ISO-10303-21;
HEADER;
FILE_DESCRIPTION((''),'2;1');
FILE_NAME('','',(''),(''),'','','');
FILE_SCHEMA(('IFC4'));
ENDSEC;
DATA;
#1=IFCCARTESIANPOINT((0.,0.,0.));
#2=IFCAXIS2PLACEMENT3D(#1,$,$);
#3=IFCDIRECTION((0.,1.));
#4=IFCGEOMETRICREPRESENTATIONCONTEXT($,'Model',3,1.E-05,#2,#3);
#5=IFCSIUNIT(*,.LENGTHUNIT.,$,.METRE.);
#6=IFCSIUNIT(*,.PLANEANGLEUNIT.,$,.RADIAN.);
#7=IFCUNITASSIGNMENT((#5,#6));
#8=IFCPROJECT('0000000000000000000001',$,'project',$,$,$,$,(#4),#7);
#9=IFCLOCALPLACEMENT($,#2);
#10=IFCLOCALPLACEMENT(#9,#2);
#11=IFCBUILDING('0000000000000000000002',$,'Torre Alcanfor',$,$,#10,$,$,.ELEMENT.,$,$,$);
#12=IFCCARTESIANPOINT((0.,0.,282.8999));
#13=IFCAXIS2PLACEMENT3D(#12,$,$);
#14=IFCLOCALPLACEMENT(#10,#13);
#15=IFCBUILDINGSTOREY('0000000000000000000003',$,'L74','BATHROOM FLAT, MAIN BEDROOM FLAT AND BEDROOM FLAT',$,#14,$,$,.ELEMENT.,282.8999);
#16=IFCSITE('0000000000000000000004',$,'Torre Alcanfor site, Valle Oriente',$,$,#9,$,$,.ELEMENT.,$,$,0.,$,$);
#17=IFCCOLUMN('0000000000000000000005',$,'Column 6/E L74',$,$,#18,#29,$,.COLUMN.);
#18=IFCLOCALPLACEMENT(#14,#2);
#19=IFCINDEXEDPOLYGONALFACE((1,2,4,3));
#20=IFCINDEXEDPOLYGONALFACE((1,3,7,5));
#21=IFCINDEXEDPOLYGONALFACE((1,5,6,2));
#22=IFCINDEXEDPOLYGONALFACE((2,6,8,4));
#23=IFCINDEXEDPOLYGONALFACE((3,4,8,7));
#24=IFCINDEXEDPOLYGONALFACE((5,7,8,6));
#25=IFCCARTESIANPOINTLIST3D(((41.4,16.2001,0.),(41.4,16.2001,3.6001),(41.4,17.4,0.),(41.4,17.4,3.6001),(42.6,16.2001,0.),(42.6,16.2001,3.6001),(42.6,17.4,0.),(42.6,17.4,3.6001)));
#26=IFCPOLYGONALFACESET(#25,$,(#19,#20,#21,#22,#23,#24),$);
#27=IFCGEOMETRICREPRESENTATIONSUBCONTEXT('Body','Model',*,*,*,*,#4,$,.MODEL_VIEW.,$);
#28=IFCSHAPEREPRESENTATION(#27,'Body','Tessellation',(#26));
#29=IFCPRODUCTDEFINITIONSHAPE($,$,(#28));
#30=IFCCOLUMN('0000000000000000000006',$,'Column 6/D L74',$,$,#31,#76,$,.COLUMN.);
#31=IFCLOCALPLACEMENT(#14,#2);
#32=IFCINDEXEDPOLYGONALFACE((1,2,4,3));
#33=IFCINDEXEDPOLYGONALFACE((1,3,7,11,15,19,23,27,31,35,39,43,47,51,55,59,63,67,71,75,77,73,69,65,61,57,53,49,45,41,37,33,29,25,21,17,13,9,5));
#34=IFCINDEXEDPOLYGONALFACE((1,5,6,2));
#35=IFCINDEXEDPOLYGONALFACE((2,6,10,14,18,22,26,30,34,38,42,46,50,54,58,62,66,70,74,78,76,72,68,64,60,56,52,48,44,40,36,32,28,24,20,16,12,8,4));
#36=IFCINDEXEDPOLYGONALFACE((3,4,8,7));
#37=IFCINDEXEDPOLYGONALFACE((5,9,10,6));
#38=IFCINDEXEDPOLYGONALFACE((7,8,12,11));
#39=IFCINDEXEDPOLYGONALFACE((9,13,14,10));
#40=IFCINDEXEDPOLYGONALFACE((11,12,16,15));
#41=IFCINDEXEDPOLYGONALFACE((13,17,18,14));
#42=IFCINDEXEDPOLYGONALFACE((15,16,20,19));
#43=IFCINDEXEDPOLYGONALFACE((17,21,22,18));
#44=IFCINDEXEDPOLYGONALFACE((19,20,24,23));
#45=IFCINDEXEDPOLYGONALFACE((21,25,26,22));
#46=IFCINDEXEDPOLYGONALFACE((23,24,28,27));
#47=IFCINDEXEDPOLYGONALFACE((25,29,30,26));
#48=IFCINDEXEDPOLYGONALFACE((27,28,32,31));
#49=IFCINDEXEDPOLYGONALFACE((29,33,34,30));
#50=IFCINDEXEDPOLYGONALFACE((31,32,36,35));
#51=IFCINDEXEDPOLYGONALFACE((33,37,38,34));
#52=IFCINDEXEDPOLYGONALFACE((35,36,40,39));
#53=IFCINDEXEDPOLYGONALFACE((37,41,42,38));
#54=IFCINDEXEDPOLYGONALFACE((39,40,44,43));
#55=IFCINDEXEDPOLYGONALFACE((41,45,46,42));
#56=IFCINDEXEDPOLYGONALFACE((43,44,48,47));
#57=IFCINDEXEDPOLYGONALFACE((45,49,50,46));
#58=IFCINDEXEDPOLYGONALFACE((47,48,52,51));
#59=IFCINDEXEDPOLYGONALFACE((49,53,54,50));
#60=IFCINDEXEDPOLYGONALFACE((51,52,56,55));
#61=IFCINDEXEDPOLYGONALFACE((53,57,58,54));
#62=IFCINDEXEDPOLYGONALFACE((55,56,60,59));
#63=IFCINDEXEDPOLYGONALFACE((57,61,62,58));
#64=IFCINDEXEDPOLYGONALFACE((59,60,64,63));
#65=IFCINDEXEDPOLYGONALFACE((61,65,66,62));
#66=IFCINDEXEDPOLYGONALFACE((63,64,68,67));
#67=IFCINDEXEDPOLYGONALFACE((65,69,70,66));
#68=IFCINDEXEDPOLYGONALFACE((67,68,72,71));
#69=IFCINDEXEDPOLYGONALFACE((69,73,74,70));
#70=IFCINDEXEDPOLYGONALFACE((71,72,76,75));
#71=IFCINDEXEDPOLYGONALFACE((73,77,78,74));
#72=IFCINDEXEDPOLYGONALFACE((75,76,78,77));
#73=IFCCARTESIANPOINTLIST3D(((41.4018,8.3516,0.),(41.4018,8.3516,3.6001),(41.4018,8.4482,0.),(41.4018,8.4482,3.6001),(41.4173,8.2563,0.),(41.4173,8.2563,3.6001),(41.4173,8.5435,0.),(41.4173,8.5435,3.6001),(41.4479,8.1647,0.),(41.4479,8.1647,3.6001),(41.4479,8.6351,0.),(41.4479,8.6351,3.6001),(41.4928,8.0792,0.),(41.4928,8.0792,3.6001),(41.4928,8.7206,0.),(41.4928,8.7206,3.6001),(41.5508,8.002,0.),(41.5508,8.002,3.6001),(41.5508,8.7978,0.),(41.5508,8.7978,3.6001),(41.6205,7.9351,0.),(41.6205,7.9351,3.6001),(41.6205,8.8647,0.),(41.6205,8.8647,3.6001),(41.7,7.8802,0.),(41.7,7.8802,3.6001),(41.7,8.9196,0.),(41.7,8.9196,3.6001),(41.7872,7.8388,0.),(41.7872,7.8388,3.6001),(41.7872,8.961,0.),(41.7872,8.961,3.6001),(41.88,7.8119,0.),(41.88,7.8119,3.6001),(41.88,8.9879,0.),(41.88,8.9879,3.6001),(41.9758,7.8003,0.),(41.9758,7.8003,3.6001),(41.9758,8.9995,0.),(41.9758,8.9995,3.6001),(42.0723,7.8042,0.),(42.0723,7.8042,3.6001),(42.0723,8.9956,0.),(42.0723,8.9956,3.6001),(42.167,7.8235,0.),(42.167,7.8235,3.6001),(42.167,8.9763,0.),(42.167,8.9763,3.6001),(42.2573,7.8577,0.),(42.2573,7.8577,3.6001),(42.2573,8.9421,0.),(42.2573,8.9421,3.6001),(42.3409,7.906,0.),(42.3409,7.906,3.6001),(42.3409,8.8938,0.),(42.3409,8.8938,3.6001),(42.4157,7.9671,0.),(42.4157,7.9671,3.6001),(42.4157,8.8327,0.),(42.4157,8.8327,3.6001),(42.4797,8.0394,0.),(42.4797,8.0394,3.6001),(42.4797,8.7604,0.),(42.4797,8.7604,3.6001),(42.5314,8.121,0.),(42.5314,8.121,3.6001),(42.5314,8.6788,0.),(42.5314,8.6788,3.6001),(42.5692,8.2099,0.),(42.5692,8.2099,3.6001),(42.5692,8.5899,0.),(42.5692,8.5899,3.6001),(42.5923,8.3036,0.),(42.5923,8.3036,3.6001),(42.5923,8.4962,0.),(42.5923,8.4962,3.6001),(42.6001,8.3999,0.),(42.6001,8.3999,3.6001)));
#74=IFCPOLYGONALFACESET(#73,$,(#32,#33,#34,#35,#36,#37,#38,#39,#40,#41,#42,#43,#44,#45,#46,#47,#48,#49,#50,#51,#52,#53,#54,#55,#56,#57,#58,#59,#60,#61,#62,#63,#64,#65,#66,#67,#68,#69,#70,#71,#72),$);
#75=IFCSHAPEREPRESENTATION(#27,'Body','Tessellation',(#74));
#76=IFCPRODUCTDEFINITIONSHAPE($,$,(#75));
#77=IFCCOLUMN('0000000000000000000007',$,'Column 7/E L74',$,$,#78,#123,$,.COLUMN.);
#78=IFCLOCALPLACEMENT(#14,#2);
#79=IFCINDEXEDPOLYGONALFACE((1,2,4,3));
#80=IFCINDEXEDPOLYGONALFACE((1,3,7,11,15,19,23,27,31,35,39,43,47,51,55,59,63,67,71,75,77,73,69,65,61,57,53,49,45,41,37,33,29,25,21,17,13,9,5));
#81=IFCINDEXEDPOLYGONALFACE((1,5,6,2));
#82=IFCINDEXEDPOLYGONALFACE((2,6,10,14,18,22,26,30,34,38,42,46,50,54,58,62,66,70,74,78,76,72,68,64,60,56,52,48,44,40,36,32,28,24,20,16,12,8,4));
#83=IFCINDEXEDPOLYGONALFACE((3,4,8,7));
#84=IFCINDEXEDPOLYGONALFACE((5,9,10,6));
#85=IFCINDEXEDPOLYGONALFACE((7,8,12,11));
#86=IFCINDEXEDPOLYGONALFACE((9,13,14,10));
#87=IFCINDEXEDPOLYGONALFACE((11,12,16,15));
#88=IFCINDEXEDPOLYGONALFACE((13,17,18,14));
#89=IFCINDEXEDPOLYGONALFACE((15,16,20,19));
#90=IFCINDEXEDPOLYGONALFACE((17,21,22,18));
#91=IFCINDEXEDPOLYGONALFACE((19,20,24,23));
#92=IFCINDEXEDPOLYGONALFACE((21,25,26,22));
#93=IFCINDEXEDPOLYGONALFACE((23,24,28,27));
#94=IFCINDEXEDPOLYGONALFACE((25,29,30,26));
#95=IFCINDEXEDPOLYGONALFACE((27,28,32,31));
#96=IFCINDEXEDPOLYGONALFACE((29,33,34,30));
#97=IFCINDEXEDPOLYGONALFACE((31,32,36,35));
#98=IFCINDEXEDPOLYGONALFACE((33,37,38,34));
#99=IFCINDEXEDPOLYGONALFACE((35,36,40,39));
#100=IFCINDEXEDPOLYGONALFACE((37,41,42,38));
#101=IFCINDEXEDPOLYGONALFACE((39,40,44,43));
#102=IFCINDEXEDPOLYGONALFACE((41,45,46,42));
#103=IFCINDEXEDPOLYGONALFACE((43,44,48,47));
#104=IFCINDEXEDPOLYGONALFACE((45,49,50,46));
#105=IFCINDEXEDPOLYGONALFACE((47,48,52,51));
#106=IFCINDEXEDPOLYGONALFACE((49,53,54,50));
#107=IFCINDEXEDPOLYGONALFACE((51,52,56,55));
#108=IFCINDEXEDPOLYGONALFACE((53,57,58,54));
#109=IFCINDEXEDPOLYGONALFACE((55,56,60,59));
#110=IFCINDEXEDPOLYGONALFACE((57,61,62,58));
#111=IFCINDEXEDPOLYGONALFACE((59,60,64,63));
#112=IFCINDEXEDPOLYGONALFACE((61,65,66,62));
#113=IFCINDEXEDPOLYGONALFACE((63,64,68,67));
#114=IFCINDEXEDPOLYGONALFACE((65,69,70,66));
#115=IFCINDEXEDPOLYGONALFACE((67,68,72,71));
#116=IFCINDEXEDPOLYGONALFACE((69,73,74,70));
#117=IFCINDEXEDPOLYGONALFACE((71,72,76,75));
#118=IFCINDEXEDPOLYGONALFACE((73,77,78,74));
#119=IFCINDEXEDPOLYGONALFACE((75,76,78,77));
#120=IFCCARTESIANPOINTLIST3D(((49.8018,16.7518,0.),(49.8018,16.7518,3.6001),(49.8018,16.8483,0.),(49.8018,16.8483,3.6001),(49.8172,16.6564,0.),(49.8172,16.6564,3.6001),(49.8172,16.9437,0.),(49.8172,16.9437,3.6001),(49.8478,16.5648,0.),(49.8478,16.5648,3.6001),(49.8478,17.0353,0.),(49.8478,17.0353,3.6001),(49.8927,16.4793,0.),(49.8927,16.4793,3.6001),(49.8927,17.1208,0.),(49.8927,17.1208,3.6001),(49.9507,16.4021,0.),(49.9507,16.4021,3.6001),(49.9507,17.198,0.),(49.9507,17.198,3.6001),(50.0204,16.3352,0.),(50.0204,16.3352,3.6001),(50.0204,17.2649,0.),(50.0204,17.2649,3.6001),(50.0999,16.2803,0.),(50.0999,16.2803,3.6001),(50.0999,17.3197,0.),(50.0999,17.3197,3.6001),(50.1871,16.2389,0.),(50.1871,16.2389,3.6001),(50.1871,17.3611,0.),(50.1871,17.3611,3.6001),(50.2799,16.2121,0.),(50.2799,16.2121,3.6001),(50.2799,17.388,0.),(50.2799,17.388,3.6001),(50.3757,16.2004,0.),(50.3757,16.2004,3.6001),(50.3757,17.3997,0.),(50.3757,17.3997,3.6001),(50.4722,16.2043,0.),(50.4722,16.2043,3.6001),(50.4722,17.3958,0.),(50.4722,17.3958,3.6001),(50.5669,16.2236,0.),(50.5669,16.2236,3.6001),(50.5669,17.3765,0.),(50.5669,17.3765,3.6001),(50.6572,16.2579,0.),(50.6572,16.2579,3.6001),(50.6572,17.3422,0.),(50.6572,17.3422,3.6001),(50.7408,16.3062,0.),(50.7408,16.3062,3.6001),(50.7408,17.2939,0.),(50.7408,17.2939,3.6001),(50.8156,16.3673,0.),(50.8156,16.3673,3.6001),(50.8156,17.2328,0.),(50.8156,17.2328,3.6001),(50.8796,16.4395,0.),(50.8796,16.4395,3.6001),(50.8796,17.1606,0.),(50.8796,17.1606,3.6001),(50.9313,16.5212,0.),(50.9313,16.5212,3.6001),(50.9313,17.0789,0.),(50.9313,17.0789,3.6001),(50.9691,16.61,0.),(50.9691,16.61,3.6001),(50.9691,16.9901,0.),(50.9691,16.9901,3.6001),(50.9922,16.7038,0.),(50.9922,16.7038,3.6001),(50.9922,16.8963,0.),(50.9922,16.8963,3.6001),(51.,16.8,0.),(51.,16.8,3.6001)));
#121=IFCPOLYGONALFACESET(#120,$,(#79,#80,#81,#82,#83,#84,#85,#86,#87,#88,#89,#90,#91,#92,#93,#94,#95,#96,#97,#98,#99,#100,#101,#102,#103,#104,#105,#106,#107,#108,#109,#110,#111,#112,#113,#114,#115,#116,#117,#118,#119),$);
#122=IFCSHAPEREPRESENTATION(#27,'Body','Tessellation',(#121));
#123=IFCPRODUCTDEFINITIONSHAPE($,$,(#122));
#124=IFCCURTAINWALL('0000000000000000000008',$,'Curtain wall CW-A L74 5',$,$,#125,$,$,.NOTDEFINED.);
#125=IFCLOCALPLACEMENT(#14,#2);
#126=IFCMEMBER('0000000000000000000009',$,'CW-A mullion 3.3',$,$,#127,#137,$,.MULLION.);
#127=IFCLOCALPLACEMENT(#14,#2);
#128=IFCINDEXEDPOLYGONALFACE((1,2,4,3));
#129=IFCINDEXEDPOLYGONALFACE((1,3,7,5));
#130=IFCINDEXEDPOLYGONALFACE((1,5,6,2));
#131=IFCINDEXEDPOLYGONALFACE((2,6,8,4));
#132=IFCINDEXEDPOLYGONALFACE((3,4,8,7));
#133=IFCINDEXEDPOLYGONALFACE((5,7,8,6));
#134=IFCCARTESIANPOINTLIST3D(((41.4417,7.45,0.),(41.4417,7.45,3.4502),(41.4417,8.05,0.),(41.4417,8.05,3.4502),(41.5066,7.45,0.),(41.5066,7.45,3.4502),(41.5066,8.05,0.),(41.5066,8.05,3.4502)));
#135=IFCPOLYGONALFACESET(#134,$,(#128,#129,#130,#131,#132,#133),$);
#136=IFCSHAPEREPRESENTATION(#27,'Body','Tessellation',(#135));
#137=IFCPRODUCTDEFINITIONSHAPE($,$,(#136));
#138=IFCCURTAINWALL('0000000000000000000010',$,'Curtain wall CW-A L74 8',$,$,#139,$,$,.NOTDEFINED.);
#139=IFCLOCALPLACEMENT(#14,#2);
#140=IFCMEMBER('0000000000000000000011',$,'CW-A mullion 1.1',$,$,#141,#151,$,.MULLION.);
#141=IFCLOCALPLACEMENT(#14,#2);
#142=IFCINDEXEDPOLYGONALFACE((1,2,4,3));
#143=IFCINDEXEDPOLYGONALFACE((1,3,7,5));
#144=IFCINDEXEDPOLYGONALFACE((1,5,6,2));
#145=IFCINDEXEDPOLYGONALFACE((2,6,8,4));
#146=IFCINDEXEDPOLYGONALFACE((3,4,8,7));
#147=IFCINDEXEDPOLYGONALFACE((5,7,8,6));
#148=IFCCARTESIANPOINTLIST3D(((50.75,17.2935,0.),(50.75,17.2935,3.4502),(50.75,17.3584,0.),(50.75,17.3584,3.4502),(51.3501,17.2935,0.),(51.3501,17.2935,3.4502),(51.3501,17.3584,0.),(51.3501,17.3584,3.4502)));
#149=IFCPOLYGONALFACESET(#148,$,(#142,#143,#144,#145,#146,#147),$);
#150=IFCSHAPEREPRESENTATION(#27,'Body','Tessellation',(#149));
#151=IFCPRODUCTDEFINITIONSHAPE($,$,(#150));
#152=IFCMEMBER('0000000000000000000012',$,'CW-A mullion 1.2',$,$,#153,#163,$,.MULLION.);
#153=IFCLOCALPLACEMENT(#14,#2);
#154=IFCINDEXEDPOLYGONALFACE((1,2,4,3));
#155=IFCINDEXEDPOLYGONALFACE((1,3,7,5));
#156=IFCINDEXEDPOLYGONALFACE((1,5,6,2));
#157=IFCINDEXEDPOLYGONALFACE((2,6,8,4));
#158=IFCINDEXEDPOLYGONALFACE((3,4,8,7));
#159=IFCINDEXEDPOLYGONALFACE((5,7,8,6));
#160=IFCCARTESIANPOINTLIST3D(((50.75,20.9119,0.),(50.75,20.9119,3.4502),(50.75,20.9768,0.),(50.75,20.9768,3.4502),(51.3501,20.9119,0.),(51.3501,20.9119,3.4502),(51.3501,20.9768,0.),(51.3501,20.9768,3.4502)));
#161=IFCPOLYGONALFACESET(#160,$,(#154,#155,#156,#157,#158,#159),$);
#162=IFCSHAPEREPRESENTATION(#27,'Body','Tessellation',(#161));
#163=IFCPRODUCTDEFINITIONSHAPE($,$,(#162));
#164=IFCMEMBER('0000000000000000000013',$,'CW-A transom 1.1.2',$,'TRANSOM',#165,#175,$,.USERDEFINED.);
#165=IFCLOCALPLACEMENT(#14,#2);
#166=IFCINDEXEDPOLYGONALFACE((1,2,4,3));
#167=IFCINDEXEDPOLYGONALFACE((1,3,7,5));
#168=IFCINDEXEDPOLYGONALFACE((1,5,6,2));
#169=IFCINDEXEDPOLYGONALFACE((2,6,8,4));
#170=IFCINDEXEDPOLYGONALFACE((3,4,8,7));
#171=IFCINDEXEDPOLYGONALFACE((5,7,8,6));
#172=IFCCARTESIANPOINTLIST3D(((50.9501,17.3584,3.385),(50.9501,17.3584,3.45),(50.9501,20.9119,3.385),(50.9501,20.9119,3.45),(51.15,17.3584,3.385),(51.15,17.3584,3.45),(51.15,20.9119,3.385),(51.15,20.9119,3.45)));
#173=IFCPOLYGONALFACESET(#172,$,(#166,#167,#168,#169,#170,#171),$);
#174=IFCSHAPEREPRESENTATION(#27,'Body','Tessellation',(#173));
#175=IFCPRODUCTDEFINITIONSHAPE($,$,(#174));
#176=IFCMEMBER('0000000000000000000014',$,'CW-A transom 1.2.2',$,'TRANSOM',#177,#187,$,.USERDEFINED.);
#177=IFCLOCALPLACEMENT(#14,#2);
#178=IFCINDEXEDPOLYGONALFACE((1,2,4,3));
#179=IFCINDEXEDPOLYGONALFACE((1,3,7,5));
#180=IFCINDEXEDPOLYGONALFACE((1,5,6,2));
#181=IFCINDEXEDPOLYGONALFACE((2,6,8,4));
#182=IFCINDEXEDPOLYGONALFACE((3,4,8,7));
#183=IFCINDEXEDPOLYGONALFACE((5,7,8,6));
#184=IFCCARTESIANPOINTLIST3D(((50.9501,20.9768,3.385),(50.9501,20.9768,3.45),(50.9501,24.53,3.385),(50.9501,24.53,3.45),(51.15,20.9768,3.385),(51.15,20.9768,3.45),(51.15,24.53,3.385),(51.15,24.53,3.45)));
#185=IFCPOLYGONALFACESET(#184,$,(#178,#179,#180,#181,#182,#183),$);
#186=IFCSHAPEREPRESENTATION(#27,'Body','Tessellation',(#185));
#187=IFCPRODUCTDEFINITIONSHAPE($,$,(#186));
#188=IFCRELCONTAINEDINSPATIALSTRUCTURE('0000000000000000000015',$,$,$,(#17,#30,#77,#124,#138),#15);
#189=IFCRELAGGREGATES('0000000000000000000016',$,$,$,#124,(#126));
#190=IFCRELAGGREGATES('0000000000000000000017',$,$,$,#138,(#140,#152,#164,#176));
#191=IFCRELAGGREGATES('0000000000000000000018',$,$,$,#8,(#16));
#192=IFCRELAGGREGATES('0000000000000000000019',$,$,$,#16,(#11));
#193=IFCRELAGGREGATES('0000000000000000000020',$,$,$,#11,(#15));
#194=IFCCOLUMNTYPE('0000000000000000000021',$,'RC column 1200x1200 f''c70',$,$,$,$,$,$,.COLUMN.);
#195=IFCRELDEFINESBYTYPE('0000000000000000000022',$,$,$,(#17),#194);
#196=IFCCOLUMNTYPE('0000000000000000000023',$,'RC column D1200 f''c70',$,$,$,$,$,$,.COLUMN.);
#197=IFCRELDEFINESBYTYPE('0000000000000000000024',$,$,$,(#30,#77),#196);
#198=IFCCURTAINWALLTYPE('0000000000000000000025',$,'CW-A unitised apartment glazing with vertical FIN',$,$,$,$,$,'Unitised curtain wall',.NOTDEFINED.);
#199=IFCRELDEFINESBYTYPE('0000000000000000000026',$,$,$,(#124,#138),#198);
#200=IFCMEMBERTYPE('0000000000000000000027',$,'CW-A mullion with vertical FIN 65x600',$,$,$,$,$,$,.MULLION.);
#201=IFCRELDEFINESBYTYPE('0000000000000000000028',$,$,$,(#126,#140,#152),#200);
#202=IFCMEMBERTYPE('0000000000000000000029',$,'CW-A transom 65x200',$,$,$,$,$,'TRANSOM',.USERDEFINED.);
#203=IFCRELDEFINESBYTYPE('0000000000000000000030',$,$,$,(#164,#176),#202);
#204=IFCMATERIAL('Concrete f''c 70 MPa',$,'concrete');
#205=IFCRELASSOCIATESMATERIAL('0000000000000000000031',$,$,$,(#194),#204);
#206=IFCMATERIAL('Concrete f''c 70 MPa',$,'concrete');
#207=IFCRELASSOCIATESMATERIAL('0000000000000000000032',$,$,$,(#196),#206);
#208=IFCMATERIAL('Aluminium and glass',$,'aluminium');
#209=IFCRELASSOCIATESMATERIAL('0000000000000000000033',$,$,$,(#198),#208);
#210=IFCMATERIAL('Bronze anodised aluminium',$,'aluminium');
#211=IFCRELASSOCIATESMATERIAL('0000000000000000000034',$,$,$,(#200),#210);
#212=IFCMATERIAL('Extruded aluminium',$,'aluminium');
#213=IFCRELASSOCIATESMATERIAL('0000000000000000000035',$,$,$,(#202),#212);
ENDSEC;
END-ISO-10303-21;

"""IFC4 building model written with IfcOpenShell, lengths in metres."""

from ifc_helpers import new_model, si_unit, direction, frame, origin, origin_2d, place, context, subcontext, project, spatial, rectangle, circle, extrude, material, material_profile, profile_set, type_object, element, aggregate, save


model = new_model("IFC4")

# Units and contexts
model_context = context("Model", 3, precision=1e-05, world=origin(), true_north=direction((0.0, 1.0)))
body_context = subcontext(model_context, "Body", "Model", "MODEL_VIEW")
ifc_project = project(units=[si_unit("LENGTHUNIT", "METRE"), si_unit("PLANEANGLEUNIT", "RADIAN")], contexts=[model_context])

# Site, building, storey
site_placement = place(None, origin())
site = spatial("IfcSite", under=ifc_project, at=site_placement, Name="Torre Alcanfor site, Valle Oriente", CompositionType="ELEMENT", RefElevation=0.0)
building_placement = place(site_placement, origin())
building = spatial("IfcBuilding", under=site, at=building_placement, Name="Torre Alcanfor", CompositionType="ELEMENT")
storey_placement = place(building_placement, frame((0.0, 0.0, 282.8999)))
storey = spatial("IfcBuildingStorey", under=building, at=storey_placement, Name="L74", Description="BATHROOM FLAT, MAIN BEDROOM FLAT AND BEDROOM FLAT", CompositionType="ELEMENT", Elevation=282.8999)

# Columns
ifc_material_1 = material(Name="Concrete f'c 70 MPa", Category="concrete")
ifc_material_profile_1 = material_profile(ifc_material_1, rectangle(XDim=1.2, YDim=1.2, at=origin_2d()), Name="1200x1200")
ifc_profile_set_1 = profile_set([ifc_material_profile_1], Name="Concrete f'c 70 MPa")
column_type_1 = type_object("IfcColumnType", Name="RC column 1200x1200 f'c70", PredefinedType="COLUMN", material=ifc_profile_set_1)
column_placement = place(storey_placement, frame((42.0, 16.8, 0.0), z_axis=(0.0, 0.0, 1.0), x_axis=(1.0, 0.0, 0.0)))
element("IfcColumn", 1, at=column_placement, inside=storey, type_object=column_type_1, Name="Column 6/E L74", PredefinedType="COLUMN", context=body_context, shape_type="SweptSolid", body=[
    extrude(rectangle(XDim=1.2, YDim=1.2, at=origin_2d()), origin(), (0.0, 0.0, 1.0), 3.6001),
])
ifc_material_2 = material(Name="Concrete f'c 70 MPa", Category="concrete")
ifc_material_profile_2 = material_profile(ifc_material_2, circle(Radius=0.6001, at=origin_2d()), Name="D1200")
ifc_profile_set_2 = profile_set([ifc_material_profile_2], Name="Concrete f'c 70 MPa")
column_type_2 = type_object("IfcColumnType", Name="RC column D1200 f'c70", PredefinedType="COLUMN", material=ifc_profile_set_2)
for number, where, z_axis, x_axis, name in (
    (2, (42.0, 8.3999, 0.0), (0.0, 0.0, 1.0), (1.0, 0.0, 0.0), "Column 6/D L74"),
    (3, (50.3999, 16.8, 0.0), (0.0, 0.0, 1.0), (1.0, 0.0, 0.0), "Column 7/E L74"),
):
    element("IfcColumn", number, at=place(storey_placement, frame(where, z_axis=z_axis, x_axis=x_axis)), inside=storey, type_object=column_type_2, Name=name, PredefinedType="COLUMN", context=body_context, shape_type="SweptSolid", body=[
        extrude(circle(Radius=0.6001, at=origin_2d()), origin(), (0.0, 0.0, 1.0), 3.6001),
    ])

# Curtain wall, member
ifc_material_3 = material(Name="Aluminium and glass", Category="aluminium")
curtain_wall_type = type_object("IfcCurtainWallType", Name="CW-A unitised apartment glazing with vertical FIN", ElementType="Unitised curtain wall", PredefinedType="NOTDEFINED", material=ifc_material_3)
curtain_wall_1_placement = place(storey_placement, origin())
curtain_wall_1 = element("IfcCurtainWall", 4, at=curtain_wall_1_placement, inside=storey, type_object=curtain_wall_type, Name="Curtain wall CW-A L74 5", PredefinedType="NOTDEFINED")
ifc_material_4 = material(Name="Bronze anodised aluminium", Category="aluminium")
ifc_material_profile_3 = material_profile(ifc_material_4, rectangle(XDim=0.6001, YDim=0.0649, at=origin_2d()), Name="CW-A mullion 65x600")
ifc_profile_set_3 = profile_set([ifc_material_profile_3], Name="Bronze anodised aluminium")
member_type_1 = type_object("IfcMemberType", Name="CW-A mullion with vertical FIN 65x600", PredefinedType="MULLION", material=ifc_profile_set_3)
member_1_placement = place(storey_placement, frame((41.4741, 7.75, 0.0), z_axis=(0.0, 0.0, 1.0), x_axis=(0.0, 1.0, 0.0)))
member_1 = element("IfcMember", 5, at=member_1_placement, type_object=member_type_1, Name="CW-A mullion 3.3", PredefinedType="MULLION", context=body_context, shape_type="SweptSolid", body=[
    extrude(rectangle(XDim=0.6001, YDim=0.0649, at=origin_2d()), origin(), (0.0, 0.0, 1.0), 3.4502),
])
aggregate(curtain_wall_1, [member_1])

# Curtain wall, members
curtain_wall_2_placement = place(storey_placement, origin())
curtain_wall_2 = element("IfcCurtainWall", 6, at=curtain_wall_2_placement, inside=storey, type_object=curtain_wall_type, Name="Curtain wall CW-A L74 8", PredefinedType="NOTDEFINED")
member_2_placement = place(storey_placement, frame((51.05, 17.3259, 0.0), z_axis=(0.0, 0.0, 1.0), x_axis=(-1.0, 0.0, 0.0)))
member_2 = element("IfcMember", 7, at=member_2_placement, type_object=member_type_1, Name="CW-A mullion 1.1", PredefinedType="MULLION", context=body_context, shape_type="SweptSolid", body=[
    extrude(rectangle(XDim=0.6001, YDim=0.0649, at=origin_2d()), origin(), (0.0, 0.0, 1.0), 3.4502),
])
member_3_placement = place(storey_placement, frame((51.05, 20.9443, 0.0), z_axis=(0.0, 0.0, 1.0), x_axis=(-1.0, 0.0, 0.0)))
member_3 = element("IfcMember", 8, at=member_3_placement, type_object=member_type_1, Name="CW-A mullion 1.2", PredefinedType="MULLION", context=body_context, shape_type="SweptSolid", body=[
    extrude(rectangle(XDim=0.6001, YDim=0.0649, at=origin_2d()), origin(), (0.0, 0.0, 1.0), 3.4502),
])
ifc_material_5 = material(Name="Extruded aluminium", Category="aluminium")
ifc_material_profile_4 = material_profile(ifc_material_5, rectangle(XDim=0.2, YDim=0.0649, at=origin_2d()), Name="CW-A transom 200x65")
ifc_profile_set_4 = profile_set([ifc_material_profile_4], Name="Extruded aluminium")
member_type_2 = type_object("IfcMemberType", Name="CW-A transom 65x200", ElementType="TRANSOM", PredefinedType="USERDEFINED", material=ifc_profile_set_4)
member_4_placement = place(storey_placement, frame((51.05, 17.3584, 3.4175), z_axis=(0.0, 1.0, 0.0), x_axis=(-1.0, 0.0, 0.0)))
member_4 = element("IfcMember", 9, at=member_4_placement, type_object=member_type_2, Name="CW-A transom 1.1.2", ObjectType="TRANSOM", PredefinedType="USERDEFINED", context=body_context, shape_type="SweptSolid", body=[
    extrude(rectangle(XDim=0.2, YDim=0.0649, at=origin_2d()), origin(), (0.0, 0.0, 1.0), 3.5535),
])
member_5_placement = place(storey_placement, frame((51.05, 20.9768, 3.4175), z_axis=(0.0, 1.0, 0.0), x_axis=(-1.0, 0.0, 0.0)))
member_5 = element("IfcMember", 10, at=member_5_placement, type_object=member_type_2, Name="CW-A transom 1.2.2", ObjectType="TRANSOM", PredefinedType="USERDEFINED", context=body_context, shape_type="SweptSolid", body=[
    extrude(rectangle(XDim=0.2, YDim=0.0649, at=origin_2d()), origin(), (0.0, 0.0, 1.0), 3.5532),
])

aggregate(curtain_wall_2, [member_2, member_3, member_4, member_5])

save(model, "model.ifc")
